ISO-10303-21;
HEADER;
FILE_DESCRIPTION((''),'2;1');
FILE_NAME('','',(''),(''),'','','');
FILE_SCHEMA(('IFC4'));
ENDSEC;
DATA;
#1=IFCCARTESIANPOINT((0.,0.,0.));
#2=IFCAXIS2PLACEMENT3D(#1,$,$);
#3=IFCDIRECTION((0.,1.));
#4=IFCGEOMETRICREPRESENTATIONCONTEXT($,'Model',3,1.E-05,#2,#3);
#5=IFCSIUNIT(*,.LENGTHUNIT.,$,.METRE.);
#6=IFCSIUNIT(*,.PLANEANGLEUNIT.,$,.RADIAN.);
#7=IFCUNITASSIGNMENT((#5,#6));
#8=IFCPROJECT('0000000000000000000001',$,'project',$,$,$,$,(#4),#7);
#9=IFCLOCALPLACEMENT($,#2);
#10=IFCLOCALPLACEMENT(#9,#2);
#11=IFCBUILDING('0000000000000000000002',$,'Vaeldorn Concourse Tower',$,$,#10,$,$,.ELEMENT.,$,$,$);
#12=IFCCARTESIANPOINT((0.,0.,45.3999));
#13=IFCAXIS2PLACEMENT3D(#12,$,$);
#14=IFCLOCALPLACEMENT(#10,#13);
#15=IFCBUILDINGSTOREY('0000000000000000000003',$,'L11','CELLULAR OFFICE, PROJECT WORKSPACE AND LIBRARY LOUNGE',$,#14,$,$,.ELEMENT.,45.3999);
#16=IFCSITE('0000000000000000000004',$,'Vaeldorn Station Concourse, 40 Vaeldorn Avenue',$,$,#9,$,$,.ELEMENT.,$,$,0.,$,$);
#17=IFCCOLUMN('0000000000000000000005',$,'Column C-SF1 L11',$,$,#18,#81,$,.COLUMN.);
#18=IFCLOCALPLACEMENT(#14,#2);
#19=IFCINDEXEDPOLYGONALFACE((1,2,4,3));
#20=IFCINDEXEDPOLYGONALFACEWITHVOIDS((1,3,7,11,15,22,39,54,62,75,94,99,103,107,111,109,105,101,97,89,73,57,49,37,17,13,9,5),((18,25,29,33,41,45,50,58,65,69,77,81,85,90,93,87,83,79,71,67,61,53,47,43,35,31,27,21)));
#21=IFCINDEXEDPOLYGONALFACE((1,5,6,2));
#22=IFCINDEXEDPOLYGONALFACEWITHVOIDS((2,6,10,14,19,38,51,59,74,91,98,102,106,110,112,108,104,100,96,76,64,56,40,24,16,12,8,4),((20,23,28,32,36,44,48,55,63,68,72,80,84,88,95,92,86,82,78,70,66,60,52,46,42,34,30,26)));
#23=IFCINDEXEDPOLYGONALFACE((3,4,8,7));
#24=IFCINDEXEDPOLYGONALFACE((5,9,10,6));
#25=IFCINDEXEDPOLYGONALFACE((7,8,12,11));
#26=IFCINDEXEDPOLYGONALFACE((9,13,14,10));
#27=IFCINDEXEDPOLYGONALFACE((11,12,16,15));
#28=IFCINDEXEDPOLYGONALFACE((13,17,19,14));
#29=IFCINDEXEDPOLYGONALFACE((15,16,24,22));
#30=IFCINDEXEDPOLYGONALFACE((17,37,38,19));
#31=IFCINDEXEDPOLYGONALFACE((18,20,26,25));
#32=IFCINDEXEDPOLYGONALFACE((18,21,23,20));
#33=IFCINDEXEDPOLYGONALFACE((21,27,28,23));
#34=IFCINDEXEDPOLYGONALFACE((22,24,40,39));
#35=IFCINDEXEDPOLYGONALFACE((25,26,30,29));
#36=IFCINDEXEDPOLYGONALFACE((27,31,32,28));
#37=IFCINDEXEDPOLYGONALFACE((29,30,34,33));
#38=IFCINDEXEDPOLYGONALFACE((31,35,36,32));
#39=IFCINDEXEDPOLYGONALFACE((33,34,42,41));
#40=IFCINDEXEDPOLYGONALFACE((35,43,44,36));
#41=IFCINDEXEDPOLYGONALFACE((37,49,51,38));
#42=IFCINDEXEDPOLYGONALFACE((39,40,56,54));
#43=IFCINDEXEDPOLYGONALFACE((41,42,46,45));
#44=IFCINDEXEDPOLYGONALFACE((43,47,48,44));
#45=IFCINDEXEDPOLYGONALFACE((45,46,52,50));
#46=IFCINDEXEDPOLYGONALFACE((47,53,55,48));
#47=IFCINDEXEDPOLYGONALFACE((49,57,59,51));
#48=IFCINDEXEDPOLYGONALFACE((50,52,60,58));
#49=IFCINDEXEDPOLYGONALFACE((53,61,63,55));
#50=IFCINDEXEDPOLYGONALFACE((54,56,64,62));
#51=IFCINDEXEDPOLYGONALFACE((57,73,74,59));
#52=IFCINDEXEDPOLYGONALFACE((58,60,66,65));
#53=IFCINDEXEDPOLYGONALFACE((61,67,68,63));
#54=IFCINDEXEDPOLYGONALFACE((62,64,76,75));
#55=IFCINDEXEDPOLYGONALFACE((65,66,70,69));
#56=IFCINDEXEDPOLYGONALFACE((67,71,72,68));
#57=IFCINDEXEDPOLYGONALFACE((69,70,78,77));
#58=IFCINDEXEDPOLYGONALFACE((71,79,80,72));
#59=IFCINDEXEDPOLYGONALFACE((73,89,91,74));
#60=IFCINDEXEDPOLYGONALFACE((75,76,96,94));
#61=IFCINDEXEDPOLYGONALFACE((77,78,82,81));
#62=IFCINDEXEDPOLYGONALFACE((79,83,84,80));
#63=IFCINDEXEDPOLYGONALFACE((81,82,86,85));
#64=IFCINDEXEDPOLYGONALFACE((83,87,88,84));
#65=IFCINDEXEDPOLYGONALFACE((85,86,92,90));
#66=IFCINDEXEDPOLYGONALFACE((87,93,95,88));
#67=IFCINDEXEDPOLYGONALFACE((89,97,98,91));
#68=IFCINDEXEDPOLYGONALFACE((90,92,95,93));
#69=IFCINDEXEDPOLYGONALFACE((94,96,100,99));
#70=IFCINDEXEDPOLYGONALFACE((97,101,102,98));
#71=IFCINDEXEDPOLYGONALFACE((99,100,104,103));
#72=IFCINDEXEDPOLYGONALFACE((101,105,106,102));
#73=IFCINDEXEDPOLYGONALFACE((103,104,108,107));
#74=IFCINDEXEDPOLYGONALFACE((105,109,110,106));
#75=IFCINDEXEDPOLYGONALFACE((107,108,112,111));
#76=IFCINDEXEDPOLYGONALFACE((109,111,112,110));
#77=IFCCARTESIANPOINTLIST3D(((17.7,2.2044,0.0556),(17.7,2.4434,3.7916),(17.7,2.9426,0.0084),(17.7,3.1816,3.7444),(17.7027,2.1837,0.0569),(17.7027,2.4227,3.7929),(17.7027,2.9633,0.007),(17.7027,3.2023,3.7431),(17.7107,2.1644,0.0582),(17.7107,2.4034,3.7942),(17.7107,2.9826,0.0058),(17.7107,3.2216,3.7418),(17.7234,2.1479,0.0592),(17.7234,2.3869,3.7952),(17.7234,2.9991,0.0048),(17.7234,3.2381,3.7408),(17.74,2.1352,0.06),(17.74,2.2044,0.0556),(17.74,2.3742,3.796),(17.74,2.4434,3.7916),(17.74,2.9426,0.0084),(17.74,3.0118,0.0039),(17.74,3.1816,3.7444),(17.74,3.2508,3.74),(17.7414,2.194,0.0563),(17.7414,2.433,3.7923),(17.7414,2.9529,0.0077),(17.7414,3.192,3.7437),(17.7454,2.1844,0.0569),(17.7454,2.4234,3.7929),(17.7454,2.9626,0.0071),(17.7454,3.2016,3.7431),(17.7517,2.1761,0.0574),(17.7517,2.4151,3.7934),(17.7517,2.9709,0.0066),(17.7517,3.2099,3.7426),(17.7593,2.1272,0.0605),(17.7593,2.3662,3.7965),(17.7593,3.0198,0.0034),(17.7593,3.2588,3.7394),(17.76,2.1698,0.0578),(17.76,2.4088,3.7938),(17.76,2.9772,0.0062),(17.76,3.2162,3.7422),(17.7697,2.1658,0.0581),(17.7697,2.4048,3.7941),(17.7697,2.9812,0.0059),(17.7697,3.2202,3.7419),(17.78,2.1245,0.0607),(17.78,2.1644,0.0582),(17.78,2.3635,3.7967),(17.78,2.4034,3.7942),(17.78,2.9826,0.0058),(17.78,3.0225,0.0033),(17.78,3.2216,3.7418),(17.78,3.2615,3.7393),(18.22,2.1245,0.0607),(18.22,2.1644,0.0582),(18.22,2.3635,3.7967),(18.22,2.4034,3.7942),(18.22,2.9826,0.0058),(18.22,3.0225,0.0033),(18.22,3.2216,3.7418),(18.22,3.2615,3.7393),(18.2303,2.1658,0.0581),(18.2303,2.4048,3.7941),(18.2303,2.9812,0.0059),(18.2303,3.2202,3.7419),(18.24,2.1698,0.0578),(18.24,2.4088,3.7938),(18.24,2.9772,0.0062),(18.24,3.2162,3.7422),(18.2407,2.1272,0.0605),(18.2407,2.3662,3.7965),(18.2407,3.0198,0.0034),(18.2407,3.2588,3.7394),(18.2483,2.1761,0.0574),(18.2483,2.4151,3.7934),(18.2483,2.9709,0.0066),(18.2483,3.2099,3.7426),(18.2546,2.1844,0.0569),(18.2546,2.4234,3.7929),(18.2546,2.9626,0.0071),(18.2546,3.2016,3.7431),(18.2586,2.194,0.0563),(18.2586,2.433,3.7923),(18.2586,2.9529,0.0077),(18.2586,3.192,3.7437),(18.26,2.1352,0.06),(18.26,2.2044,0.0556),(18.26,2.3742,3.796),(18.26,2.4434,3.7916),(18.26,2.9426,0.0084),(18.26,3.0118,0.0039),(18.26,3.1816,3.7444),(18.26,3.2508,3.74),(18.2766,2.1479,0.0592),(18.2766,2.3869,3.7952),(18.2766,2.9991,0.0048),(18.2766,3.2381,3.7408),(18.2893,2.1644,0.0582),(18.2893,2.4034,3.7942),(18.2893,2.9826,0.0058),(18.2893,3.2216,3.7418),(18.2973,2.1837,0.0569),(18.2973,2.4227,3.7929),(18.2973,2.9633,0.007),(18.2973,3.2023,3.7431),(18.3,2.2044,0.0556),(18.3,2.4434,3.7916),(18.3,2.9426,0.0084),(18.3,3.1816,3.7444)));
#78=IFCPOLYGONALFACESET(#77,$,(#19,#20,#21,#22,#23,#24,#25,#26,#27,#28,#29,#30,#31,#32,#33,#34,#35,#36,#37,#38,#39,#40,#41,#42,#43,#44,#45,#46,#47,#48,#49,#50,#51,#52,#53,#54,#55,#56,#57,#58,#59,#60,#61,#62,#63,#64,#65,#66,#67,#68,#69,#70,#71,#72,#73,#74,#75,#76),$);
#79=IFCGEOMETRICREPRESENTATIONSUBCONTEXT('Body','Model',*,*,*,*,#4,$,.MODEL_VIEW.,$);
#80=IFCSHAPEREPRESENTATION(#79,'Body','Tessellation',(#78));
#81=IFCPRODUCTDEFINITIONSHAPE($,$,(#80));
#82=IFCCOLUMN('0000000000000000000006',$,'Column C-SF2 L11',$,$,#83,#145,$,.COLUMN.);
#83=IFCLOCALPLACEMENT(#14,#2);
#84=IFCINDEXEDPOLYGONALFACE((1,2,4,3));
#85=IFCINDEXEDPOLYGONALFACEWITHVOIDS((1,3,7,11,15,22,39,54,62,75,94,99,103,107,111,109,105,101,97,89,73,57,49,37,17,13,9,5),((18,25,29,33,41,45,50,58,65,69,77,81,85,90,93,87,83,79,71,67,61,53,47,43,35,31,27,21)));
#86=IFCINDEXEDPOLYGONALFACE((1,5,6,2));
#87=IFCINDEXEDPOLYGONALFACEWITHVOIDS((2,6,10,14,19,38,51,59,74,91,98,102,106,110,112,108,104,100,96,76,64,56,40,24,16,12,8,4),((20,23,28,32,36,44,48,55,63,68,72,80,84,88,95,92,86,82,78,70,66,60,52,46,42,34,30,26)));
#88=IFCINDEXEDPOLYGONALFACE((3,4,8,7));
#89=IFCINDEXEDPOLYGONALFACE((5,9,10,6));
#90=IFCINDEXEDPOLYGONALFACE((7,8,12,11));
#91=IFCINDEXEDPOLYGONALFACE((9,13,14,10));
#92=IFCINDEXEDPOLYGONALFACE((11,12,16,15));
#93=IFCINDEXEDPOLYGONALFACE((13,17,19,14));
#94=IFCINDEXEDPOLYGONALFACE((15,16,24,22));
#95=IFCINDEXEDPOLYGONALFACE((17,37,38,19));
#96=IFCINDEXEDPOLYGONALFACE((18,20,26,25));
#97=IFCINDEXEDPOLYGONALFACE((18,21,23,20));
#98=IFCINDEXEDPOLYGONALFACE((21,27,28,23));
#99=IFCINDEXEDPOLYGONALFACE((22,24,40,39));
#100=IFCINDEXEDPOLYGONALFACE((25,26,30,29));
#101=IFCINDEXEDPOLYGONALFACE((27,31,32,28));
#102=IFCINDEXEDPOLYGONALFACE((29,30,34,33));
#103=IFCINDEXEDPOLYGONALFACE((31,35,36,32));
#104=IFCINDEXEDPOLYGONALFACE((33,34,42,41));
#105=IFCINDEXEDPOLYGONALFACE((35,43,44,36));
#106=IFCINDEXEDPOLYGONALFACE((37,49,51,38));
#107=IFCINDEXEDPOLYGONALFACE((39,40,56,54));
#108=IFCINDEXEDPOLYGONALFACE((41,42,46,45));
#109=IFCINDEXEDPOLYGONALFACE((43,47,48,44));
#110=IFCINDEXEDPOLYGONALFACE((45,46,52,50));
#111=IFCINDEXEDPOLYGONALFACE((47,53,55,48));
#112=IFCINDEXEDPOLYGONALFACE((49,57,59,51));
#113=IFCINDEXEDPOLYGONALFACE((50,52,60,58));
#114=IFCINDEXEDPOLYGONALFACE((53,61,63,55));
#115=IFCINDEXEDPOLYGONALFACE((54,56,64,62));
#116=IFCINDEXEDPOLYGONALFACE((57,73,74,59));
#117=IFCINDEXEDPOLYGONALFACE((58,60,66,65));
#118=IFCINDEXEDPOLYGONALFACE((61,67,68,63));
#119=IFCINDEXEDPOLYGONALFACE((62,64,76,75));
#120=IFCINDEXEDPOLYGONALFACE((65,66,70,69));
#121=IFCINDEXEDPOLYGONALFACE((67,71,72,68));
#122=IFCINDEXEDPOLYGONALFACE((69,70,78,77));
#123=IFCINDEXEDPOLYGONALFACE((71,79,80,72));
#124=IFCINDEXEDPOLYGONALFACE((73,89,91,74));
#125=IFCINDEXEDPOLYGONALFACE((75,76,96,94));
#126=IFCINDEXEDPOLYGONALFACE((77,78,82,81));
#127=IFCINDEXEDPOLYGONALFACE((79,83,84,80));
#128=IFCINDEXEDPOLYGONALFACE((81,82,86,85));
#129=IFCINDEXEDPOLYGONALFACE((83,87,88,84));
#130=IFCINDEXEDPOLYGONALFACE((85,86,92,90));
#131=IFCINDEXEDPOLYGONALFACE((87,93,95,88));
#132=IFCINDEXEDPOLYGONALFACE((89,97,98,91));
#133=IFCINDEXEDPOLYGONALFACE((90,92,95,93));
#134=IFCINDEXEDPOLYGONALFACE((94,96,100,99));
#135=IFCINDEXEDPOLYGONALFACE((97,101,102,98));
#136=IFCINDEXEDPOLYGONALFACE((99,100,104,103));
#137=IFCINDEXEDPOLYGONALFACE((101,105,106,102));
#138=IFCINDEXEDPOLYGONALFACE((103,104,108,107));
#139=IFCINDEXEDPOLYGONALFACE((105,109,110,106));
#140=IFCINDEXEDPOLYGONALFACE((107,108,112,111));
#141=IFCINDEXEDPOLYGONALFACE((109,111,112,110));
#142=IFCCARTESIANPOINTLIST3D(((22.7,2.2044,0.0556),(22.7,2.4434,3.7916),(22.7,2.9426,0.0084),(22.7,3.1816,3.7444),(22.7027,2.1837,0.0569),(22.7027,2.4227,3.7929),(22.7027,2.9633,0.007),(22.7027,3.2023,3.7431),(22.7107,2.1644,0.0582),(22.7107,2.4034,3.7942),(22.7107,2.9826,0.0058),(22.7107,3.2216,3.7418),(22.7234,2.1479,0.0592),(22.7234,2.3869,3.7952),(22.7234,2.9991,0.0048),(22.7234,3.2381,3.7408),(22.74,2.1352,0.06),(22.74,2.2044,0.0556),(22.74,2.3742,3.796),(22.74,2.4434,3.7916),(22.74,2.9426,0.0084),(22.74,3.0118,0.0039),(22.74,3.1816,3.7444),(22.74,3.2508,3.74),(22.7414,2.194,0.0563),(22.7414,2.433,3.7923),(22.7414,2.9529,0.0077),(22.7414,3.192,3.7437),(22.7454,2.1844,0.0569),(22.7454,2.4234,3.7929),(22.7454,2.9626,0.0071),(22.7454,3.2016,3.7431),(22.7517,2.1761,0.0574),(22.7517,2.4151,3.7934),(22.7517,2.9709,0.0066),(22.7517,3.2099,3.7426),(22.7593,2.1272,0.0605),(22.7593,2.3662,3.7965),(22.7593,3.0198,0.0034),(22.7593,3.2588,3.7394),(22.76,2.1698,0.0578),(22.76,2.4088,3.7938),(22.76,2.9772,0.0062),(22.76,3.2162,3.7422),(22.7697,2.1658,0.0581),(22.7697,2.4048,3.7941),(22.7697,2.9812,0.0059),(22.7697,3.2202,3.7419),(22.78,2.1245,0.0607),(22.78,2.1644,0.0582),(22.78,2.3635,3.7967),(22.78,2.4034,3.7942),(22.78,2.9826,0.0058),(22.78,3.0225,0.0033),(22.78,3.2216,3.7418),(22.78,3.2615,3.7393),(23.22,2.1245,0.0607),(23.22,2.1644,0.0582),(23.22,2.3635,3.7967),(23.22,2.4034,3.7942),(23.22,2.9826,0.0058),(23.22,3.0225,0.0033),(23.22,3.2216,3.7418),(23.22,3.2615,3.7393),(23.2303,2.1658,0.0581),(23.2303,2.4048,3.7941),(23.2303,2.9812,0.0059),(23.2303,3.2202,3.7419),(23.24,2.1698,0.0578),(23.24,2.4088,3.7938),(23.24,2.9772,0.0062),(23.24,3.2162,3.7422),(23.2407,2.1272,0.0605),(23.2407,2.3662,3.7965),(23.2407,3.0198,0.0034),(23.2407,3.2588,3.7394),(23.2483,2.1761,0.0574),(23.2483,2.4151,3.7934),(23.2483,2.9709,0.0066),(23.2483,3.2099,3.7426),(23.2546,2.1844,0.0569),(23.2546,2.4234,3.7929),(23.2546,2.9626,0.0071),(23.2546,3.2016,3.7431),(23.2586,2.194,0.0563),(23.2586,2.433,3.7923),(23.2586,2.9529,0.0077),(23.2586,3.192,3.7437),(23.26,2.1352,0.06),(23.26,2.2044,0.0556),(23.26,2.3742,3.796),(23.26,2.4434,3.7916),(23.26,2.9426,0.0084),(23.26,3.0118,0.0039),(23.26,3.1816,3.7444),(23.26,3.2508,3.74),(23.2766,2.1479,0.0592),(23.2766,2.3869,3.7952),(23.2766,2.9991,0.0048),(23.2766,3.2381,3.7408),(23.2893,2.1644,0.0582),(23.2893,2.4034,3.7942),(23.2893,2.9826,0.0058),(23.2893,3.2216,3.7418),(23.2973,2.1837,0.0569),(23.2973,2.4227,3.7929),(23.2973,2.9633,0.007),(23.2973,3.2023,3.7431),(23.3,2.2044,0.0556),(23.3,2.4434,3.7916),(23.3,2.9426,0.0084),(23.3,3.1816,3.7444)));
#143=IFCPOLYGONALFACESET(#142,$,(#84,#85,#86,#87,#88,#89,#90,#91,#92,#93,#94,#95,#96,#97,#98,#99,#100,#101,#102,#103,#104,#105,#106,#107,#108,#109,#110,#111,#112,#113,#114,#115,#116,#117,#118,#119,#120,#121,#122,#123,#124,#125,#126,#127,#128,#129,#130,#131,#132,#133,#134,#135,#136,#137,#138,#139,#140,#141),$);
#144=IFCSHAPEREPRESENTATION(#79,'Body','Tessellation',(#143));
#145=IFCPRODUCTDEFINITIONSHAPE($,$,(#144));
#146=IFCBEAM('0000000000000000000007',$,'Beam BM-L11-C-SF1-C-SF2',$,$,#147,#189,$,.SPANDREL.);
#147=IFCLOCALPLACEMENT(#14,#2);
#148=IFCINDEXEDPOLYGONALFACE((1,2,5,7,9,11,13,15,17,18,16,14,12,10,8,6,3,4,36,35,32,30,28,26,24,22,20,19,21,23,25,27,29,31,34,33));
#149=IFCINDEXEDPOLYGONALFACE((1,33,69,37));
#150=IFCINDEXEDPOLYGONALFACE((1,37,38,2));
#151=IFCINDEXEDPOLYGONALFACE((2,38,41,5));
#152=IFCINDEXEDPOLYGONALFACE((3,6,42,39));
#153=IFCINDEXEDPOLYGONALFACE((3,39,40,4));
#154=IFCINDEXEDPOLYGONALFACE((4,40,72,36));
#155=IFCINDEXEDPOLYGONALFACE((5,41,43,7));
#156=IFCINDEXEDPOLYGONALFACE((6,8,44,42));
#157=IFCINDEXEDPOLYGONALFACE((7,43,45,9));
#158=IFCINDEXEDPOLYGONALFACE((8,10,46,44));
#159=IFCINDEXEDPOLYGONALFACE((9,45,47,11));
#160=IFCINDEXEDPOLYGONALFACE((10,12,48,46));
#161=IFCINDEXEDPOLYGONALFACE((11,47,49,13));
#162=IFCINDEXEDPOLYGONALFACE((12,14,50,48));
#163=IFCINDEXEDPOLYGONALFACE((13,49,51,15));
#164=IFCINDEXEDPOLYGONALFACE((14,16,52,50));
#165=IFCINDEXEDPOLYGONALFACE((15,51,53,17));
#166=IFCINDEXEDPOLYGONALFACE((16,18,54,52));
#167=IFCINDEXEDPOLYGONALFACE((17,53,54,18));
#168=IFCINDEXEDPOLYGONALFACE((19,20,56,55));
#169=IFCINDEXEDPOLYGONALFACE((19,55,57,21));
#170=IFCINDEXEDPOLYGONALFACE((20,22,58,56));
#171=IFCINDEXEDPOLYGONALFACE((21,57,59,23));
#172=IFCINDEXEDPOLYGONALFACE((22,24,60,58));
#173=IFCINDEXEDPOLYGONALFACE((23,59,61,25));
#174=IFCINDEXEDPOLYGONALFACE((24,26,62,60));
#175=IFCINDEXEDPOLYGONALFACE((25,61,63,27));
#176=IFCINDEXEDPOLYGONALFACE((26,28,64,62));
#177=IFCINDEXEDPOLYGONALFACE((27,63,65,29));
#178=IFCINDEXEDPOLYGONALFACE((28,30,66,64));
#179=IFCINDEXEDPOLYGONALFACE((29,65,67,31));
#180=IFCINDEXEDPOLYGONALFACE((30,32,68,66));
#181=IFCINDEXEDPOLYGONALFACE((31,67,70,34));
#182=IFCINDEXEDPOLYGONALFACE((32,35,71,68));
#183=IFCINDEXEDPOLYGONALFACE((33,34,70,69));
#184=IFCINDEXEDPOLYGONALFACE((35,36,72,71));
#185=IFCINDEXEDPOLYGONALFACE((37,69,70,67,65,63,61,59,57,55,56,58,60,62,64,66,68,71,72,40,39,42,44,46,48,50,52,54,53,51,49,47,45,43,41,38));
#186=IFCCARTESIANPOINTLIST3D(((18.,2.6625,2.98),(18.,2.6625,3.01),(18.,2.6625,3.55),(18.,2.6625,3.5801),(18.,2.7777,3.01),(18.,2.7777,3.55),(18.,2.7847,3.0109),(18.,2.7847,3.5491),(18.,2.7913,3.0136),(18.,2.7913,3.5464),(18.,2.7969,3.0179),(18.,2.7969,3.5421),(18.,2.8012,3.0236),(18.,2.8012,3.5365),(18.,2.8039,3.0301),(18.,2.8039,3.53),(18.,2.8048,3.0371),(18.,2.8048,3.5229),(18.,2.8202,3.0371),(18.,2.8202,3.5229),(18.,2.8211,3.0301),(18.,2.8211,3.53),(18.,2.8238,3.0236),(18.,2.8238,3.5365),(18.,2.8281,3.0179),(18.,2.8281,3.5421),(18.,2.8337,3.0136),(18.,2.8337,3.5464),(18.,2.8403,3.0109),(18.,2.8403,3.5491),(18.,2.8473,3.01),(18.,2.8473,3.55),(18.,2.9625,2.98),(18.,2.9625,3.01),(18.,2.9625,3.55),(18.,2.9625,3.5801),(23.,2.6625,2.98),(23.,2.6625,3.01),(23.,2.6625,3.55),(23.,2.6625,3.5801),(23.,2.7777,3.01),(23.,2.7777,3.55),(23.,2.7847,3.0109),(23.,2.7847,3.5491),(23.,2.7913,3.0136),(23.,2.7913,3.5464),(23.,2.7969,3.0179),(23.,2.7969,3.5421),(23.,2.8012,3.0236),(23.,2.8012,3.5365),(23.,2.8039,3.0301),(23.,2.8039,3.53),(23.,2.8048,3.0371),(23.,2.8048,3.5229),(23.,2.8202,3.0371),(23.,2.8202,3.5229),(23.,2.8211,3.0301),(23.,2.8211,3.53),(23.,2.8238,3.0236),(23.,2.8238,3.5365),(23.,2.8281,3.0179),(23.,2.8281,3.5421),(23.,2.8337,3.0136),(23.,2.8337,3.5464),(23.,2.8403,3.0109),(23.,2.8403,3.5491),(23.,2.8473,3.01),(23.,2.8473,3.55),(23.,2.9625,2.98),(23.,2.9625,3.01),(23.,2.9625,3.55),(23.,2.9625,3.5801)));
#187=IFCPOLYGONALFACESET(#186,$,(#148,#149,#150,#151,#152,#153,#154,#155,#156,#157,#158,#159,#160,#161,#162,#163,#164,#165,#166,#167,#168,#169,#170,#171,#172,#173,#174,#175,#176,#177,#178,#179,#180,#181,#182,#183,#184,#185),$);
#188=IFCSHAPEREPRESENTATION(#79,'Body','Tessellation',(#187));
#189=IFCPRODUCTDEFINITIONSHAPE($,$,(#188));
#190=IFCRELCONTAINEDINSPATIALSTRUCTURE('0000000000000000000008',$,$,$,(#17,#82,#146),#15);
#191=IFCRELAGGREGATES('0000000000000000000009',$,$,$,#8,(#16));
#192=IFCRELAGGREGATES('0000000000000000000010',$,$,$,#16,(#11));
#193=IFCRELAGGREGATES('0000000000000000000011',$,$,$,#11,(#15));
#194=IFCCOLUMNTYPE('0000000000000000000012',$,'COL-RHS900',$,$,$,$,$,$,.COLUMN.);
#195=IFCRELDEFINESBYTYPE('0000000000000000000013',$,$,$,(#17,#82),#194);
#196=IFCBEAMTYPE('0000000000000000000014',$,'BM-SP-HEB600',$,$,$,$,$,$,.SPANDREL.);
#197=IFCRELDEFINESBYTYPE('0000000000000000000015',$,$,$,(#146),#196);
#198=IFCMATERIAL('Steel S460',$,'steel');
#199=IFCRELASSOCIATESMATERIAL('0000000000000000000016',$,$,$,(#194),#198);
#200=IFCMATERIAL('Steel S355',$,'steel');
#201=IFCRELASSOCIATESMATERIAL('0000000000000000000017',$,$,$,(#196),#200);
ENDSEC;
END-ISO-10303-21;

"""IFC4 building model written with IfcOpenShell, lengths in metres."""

from ifc_helpers import new_model, si_unit, direction, frame, origin, origin_2d, place, context, subcontext, project, spatial, hollow_rectangle, i_section, extrude, source, transform, mapped, material, material_profile, profile_set, type_object, element, save


model = new_model("IFC4")

# Units and contexts
model_context = context("Model", 3, precision=1e-05, world=origin(), true_north=direction((0.0, 1.0)))
body_context = subcontext(model_context, "Body", "Model", "MODEL_VIEW")
ifc_project = project(units=[si_unit("LENGTHUNIT", "METRE"), si_unit("PLANEANGLEUNIT", "RADIAN")], contexts=[model_context])

# Site, building, storey
site_placement = place(None, origin())
site = spatial("IfcSite", under=ifc_project, at=site_placement, Name="Vaeldorn Station Concourse, 40 Vaeldorn Avenue", CompositionType="ELEMENT", RefElevation=0.0)
building_placement = place(site_placement, origin())
building = spatial("IfcBuilding", under=site, at=building_placement, Name="Vaeldorn Concourse Tower", CompositionType="ELEMENT")
storey_placement = place(building_placement, frame((0.0, 0.0, 45.3999)))
storey = spatial("IfcBuildingStorey", under=building, at=storey_placement, Name="L11", Description="CELLULAR OFFICE, PROJECT WORKSPACE AND LIBRARY LOUNGE", CompositionType="ELEMENT", Elevation=45.3999)

# Columns
ifc_material_1 = material(Name="Steel S460", Category="steel")
ifc_material_profile_1 = material_profile(ifc_material_1, hollow_rectangle(XDim=0.6001, YDim=0.8999, WallThickness=0.04, InnerFilletRadius=0.04, OuterFilletRadius=0.0801, at=origin_2d()), Name="RHS 900x600x40")
ifc_profile_set_1 = profile_set([ifc_material_profile_1], Name="Steel S460")
column_type = type_object("IfcColumnType", Name="COL-RHS900", PredefinedType="COLUMN", material=ifc_profile_set_1)
shared_shape_1 = source(origin(), body_context, "Body", "SweptSolid", [
    extrude(hollow_rectangle(XDim=0.6001, YDim=0.8999, WallThickness=0.04, InnerFilletRadius=0.04, OuterFilletRadius=0.0801, at=origin_2d()), origin(), (0.0, 0.0, 1.0), 3.7437),
])
for number, where, z_axis, x_axis, name in (
    (1, (18.0, 2.5735, 0.032), (0.0, 0.063844, 0.99796), (-1.0, 0.0, 0.0), "Column C-SF1 L11"),
    (2, (23.0, 2.5735, 0.032), (0.0, 0.063844, 0.99796), (-1.0, 0.0, 0.0), "Column C-SF2 L11"),
):
    element("IfcColumn", number, at=place(storey_placement, frame(where, z_axis=z_axis, x_axis=x_axis)), inside=storey, type_object=column_type, Name=name, PredefinedType="COLUMN", context=body_context, shape_type="MappedRepresentation", body=[
        mapped(shared_shape_1, transform((0.0, 0.0, 0.0), scale=1.0)),
    ])

# Beam
ifc_material_2 = material(Name="Steel S355", Category="steel")
ifc_material_profile_2 = material_profile(ifc_material_2, i_section(OverallWidth=0.3, OverallDepth=0.6001, WebThickness=0.0154, FlangeThickness=0.03, FilletRadius=0.0271, at=origin_2d()), Name="HEB 600")
ifc_profile_set_2 = profile_set([ifc_material_profile_2], Name="Steel S355")
beam_type_1 = type_object("IfcBeamType", Name="BM-SP-HEB600", PredefinedType="SPANDREL", material=ifc_profile_set_2)
shared_shape_2 = source(origin(), body_context, "Body", "SweptSolid", [
    extrude(i_section(OverallWidth=0.3, OverallDepth=0.6001, WebThickness=0.0154, FlangeThickness=0.03, FilletRadius=0.0271, at=origin_2d()), origin(), (0.0, 0.0, 1.0), 5.0),
])
beam_1_placement = place(storey_placement, frame((18.0, 2.8125, 3.28), z_axis=(1.0, 0.0, 0.0), x_axis=(0.0, 1.0, 0.0)))
element("IfcBeam", 3, at=beam_1_placement, inside=storey, type_object=beam_type_1, Name="Beam BM-L11-C-SF1-C-SF2", PredefinedType="SPANDREL", context=body_context, shape_type="MappedRepresentation", body=[
    mapped(shared_shape_2, transform((0.0, 0.0, 0.0), scale=1.0)),
])

save(model, "model.ifc")
